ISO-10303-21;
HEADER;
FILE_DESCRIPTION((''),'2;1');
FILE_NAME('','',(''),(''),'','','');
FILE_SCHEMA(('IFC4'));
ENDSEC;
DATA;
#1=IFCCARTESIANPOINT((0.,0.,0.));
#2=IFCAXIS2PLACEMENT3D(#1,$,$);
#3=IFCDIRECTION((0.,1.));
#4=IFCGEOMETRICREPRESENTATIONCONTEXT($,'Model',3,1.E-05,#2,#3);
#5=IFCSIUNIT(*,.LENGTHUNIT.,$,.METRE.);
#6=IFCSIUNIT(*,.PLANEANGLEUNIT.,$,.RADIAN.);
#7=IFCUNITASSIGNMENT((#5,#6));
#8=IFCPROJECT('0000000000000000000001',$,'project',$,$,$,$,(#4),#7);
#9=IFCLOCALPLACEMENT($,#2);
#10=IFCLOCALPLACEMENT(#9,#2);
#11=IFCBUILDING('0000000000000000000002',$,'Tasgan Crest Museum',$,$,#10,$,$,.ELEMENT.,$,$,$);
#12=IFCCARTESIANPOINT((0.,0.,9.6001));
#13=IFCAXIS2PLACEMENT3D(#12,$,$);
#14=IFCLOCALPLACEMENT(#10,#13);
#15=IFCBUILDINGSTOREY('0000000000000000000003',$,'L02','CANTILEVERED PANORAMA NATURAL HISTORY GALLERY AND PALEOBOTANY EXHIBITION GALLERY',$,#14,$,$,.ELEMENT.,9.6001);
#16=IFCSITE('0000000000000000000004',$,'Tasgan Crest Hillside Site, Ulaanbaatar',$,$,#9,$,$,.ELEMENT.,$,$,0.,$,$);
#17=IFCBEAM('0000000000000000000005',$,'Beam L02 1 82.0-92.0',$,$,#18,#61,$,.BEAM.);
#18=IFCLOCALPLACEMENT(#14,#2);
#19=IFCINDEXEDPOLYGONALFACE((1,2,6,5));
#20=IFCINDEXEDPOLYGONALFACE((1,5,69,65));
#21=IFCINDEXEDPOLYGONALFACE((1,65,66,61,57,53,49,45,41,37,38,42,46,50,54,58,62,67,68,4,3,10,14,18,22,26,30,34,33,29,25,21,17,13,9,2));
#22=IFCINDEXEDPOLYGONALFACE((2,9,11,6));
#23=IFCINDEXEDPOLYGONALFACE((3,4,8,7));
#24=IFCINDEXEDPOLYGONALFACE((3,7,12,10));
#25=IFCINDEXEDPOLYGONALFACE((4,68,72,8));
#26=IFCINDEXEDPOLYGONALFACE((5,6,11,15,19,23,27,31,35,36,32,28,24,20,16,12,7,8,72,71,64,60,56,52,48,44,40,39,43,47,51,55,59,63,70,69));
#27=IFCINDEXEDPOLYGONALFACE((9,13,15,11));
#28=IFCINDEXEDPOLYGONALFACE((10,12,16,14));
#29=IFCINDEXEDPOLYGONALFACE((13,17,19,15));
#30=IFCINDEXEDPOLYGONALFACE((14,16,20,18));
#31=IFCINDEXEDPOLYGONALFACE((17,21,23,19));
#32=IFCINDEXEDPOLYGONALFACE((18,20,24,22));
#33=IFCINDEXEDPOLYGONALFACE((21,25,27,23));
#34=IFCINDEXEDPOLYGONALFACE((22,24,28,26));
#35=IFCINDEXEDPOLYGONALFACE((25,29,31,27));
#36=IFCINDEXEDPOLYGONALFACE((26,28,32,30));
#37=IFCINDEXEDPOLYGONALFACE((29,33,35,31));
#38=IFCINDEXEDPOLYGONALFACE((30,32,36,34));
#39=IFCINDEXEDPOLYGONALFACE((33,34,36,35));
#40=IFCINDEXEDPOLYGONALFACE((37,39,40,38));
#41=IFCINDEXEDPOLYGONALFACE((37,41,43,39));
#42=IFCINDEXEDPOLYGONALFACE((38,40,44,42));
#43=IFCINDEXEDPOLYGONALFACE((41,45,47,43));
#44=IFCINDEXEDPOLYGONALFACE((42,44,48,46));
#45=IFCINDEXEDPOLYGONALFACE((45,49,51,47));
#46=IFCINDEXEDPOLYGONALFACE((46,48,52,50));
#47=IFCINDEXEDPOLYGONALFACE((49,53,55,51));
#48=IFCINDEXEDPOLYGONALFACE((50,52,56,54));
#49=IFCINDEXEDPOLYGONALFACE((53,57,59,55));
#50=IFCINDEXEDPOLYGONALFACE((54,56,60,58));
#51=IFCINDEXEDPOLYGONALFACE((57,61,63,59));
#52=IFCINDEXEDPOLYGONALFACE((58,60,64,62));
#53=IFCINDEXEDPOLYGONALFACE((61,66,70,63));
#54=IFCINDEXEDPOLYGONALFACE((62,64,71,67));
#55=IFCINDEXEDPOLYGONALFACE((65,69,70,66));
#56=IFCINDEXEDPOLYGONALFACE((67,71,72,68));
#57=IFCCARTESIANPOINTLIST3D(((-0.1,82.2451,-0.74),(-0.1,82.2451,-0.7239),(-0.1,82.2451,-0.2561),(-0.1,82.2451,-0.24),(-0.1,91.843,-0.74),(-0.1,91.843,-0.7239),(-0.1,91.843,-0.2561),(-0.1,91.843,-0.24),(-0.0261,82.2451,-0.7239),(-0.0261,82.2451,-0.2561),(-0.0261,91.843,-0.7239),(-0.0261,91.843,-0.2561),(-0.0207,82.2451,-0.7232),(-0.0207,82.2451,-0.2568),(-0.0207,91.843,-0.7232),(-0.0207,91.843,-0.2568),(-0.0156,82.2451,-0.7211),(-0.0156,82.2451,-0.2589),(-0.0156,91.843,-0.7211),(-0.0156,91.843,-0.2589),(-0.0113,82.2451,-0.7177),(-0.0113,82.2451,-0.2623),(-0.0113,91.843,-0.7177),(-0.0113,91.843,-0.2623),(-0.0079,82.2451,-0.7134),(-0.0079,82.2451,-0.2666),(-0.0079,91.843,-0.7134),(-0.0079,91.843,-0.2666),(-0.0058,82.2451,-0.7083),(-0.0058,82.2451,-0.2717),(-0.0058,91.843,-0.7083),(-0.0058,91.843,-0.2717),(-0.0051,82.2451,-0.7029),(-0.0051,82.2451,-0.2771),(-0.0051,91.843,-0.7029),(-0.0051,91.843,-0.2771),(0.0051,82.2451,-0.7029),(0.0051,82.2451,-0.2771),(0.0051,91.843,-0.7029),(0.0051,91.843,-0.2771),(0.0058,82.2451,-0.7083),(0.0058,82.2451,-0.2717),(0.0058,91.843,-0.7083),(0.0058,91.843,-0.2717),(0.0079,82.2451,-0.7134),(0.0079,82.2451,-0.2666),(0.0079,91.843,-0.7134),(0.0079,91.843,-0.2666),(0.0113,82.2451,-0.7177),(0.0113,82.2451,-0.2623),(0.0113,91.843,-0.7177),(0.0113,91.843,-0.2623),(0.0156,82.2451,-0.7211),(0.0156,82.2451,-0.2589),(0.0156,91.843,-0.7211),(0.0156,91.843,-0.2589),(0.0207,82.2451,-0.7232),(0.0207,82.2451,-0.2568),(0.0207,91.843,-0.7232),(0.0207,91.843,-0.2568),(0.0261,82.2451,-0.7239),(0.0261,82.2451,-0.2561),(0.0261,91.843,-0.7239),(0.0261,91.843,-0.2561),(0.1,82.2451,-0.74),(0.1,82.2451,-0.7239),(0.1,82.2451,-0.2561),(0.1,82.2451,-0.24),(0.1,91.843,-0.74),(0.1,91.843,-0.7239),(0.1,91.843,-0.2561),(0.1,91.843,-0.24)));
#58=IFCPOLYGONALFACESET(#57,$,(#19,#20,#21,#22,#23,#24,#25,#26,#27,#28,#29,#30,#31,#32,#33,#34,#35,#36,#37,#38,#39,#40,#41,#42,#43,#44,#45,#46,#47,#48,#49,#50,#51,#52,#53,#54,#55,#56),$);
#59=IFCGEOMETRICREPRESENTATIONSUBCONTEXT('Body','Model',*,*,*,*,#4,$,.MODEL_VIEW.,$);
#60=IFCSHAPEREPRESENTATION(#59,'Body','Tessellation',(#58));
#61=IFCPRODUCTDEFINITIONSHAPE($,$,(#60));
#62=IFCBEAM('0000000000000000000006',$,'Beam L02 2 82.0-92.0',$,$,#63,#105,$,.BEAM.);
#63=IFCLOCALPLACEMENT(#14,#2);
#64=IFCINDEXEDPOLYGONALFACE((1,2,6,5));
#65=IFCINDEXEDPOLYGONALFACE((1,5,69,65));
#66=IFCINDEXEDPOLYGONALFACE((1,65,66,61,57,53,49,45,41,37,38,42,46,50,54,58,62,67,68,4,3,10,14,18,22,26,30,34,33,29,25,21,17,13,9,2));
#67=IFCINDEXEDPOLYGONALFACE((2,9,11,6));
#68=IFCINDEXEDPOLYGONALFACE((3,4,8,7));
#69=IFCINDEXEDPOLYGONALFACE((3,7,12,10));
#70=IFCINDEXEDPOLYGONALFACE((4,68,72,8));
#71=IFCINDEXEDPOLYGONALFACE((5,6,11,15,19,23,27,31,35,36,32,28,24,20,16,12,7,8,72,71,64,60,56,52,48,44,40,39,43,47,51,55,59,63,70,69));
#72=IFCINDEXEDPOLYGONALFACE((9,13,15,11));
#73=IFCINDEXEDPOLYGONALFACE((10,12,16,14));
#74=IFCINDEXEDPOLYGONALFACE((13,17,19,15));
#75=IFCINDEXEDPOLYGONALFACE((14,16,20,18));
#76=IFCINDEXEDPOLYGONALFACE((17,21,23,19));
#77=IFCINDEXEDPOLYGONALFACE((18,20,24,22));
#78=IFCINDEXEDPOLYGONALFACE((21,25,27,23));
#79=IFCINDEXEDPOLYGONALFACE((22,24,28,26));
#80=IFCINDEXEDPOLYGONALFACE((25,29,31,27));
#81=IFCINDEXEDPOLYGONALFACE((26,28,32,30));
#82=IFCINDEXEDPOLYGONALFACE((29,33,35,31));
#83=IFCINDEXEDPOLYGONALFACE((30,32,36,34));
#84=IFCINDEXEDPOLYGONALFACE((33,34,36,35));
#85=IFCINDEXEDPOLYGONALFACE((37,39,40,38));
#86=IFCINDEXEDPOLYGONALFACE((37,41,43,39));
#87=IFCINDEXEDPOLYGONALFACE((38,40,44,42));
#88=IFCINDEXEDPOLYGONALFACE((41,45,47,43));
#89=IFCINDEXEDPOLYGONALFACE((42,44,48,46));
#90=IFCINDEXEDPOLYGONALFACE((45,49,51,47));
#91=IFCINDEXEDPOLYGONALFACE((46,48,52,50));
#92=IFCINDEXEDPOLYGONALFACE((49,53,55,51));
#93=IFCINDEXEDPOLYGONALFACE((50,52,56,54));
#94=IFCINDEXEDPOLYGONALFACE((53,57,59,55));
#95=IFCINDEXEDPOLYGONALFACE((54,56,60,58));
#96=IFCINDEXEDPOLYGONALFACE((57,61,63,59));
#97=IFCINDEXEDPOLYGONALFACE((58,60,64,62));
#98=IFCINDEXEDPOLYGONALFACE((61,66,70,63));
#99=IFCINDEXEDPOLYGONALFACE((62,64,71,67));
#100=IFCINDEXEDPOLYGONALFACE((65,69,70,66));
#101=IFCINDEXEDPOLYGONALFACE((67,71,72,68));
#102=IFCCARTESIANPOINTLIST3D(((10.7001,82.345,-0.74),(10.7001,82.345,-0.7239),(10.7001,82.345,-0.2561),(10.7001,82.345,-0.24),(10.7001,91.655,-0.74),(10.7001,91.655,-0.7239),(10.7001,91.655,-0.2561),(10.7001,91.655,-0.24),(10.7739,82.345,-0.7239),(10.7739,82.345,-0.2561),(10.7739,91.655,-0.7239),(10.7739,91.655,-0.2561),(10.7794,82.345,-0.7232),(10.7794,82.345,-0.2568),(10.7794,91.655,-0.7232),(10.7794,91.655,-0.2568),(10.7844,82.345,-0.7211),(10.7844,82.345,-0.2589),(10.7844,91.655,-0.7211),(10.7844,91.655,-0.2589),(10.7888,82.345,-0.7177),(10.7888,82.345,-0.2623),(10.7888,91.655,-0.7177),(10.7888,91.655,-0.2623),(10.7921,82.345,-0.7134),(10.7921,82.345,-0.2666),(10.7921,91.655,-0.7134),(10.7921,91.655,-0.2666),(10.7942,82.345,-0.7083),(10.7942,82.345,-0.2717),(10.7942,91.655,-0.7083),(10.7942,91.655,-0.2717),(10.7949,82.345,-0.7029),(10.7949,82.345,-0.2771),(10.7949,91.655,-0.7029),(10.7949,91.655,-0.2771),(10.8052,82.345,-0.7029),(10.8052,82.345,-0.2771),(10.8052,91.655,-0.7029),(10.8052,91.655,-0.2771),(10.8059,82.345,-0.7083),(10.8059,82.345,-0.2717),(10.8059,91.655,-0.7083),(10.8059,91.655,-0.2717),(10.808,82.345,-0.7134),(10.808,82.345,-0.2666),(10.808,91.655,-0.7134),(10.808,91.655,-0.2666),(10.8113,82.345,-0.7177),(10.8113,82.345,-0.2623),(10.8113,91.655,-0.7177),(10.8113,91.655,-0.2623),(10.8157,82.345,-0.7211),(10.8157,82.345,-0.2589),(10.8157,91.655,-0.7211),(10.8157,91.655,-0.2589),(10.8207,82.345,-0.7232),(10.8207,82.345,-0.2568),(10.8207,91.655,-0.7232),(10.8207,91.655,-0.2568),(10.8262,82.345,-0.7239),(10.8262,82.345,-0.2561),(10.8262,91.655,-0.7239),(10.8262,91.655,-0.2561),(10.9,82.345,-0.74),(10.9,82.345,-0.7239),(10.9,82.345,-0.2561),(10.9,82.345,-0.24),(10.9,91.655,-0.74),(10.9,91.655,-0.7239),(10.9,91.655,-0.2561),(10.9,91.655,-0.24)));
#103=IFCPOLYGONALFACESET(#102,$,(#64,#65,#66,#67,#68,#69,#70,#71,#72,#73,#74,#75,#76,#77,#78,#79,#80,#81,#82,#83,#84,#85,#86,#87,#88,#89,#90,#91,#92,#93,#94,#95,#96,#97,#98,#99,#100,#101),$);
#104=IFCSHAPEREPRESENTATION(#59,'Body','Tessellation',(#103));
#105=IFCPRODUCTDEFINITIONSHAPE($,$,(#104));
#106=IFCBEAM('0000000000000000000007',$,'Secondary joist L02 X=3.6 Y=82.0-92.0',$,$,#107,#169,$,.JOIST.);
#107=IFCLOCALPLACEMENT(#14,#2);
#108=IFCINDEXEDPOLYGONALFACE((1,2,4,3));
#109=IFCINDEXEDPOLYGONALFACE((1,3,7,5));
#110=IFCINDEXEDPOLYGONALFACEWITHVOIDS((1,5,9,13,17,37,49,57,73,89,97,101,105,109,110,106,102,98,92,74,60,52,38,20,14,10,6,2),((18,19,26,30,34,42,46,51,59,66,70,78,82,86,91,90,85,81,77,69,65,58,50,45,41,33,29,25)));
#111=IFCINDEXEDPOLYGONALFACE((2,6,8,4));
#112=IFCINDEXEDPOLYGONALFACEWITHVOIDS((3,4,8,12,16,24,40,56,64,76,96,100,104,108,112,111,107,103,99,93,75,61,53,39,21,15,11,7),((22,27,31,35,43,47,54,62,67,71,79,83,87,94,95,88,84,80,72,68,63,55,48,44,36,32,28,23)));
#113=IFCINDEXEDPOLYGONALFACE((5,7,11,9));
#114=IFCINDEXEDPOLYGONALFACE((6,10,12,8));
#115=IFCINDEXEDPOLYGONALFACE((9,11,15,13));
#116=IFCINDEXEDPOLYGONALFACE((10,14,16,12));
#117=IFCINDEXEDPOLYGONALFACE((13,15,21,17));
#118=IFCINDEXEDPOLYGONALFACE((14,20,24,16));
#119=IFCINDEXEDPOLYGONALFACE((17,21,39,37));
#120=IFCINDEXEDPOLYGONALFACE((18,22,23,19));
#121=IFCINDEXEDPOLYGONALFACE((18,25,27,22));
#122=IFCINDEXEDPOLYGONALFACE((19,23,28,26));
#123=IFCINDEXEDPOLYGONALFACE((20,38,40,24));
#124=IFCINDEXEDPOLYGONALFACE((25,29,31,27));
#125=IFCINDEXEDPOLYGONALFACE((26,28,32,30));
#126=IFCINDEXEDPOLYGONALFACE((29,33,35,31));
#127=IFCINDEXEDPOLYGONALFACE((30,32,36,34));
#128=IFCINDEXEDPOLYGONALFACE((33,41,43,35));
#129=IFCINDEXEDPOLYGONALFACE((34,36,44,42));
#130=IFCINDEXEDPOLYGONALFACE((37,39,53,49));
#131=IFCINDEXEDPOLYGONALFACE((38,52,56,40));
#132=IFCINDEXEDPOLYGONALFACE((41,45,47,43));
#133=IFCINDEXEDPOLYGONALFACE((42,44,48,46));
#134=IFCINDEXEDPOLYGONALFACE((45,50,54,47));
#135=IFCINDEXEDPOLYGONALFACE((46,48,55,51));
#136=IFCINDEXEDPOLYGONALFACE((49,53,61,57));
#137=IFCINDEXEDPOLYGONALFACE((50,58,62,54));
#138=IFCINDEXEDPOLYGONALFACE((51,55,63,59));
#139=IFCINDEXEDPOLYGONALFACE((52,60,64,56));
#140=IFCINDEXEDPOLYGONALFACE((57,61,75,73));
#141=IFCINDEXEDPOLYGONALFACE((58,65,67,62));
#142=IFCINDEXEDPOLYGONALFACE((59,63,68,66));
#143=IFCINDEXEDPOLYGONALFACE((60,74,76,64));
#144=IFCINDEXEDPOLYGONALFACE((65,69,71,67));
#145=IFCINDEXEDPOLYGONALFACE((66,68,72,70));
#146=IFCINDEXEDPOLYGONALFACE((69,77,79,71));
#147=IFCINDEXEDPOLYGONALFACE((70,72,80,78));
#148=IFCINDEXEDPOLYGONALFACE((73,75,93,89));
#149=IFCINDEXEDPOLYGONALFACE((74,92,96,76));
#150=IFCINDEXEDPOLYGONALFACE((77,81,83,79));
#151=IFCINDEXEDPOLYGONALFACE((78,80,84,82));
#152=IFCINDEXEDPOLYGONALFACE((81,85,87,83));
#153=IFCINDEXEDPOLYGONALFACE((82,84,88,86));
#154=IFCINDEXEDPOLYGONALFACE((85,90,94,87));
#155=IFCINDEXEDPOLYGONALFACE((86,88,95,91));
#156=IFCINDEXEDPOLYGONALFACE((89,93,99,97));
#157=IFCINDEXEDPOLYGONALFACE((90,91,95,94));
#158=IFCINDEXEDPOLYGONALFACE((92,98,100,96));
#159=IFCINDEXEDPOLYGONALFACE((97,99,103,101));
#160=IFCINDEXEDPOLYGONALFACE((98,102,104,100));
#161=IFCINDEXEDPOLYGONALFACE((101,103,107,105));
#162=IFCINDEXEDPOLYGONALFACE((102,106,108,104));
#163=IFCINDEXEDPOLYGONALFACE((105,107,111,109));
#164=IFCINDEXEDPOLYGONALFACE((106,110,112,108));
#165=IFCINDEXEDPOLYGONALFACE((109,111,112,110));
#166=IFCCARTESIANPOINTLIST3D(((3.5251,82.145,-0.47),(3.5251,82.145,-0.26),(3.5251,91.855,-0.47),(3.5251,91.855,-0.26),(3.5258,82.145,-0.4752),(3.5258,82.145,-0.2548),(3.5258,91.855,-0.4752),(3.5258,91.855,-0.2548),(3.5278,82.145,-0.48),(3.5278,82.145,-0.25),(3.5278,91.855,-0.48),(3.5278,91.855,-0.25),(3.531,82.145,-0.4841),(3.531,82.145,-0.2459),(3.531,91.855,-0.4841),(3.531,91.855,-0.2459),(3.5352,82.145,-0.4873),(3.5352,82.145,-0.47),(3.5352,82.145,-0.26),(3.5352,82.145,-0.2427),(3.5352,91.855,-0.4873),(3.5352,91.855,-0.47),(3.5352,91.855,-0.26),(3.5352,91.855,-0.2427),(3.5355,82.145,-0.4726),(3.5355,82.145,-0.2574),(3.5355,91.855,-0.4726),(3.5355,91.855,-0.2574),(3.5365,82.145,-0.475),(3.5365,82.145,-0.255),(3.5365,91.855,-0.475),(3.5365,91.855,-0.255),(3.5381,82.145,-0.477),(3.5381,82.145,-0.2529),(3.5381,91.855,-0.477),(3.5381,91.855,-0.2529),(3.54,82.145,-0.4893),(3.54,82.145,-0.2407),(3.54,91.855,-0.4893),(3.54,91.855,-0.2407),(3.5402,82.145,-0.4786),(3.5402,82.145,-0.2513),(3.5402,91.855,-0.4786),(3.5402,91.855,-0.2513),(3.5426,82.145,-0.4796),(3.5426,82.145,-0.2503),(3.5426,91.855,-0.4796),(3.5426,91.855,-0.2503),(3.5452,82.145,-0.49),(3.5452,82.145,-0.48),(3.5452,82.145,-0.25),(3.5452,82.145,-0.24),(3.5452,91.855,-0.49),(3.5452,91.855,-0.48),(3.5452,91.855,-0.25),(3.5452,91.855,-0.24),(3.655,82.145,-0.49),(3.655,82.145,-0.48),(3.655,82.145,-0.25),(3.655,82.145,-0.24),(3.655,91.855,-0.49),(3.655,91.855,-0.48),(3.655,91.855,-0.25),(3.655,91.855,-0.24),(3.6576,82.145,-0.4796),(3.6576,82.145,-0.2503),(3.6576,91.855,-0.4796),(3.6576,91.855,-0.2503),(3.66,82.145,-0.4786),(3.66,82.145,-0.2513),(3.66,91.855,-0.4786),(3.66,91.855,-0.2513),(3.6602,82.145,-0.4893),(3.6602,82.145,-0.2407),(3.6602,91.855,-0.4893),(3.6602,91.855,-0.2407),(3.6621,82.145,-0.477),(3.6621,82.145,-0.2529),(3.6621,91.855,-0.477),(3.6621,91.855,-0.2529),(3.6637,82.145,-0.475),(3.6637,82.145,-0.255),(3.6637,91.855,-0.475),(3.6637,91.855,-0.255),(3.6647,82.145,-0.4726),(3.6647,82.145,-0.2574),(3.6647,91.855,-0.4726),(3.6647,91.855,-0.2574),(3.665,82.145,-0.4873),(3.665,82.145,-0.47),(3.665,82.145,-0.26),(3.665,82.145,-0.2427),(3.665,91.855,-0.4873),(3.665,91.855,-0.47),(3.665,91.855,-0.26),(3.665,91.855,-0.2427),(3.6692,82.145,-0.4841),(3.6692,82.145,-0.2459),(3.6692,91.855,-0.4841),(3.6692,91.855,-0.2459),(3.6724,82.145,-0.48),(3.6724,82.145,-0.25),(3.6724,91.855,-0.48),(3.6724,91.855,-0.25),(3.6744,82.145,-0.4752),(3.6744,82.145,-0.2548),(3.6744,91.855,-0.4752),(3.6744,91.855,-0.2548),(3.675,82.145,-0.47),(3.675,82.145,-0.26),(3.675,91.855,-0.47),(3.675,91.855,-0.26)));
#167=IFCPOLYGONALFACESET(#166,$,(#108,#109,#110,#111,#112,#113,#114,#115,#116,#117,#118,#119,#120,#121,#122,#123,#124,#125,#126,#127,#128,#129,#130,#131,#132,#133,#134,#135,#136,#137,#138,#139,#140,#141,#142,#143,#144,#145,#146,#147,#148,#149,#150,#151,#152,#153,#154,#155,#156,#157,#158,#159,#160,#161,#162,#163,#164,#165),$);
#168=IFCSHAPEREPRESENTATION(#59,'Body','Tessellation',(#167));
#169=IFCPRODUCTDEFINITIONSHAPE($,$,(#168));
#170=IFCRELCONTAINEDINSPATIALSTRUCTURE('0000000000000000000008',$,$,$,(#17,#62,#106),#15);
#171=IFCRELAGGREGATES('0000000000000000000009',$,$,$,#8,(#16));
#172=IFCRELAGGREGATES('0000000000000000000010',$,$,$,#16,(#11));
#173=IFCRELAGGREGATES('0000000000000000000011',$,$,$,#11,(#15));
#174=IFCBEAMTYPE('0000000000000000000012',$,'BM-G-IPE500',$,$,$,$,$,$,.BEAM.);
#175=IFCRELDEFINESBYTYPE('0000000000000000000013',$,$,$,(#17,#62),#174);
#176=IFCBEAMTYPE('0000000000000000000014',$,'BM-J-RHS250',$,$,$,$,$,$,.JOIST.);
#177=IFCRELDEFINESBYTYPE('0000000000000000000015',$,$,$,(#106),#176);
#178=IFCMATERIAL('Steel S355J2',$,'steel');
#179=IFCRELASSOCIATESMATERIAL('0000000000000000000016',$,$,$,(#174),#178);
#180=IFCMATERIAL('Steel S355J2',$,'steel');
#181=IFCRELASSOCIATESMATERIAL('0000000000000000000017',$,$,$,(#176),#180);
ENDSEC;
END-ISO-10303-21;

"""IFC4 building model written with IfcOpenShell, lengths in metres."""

from ifc_helpers import new_model, si_unit, direction, frame, origin, origin_2d, place, context, subcontext, project, spatial, hollow_rectangle, i_section, extrude, material, material_profile, profile_set, type_object, element, save


model = new_model("IFC4")

# Units and contexts
model_context = context("Model", 3, precision=1e-05, world=origin(), true_north=direction((0.0, 1.0)))
body_context = subcontext(model_context, "Body", "Model", "MODEL_VIEW")
ifc_project = project(units=[si_unit("LENGTHUNIT", "METRE"), si_unit("PLANEANGLEUNIT", "RADIAN")], contexts=[model_context])

# Site, building, storey
site_placement = place(None, origin())
site = spatial("IfcSite", under=ifc_project, at=site_placement, Name="Tasgan Crest Hillside Site, Ulaanbaatar", CompositionType="ELEMENT", RefElevation=0.0)
building_placement = place(site_placement, origin())
building = spatial("IfcBuilding", under=site, at=building_placement, Name="Tasgan Crest Museum", CompositionType="ELEMENT")
storey_placement = place(building_placement, frame((0.0, 0.0, 9.6001)))
storey = spatial("IfcBuildingStorey", under=building, at=storey_placement, Name="L02", Description="CANTILEVERED PANORAMA NATURAL HISTORY GALLERY AND PALEOBOTANY EXHIBITION GALLERY", CompositionType="ELEMENT", Elevation=9.6001)

# Beams
ifc_material_1 = material(Name="Steel S355J2", Category="steel")
ifc_material_profile_1 = material_profile(ifc_material_1, i_section(OverallWidth=0.2, OverallDepth=0.5, WebThickness=0.0103, FlangeThickness=0.0161, FilletRadius=0.021, at=origin_2d()), Name="IPE 500")
ifc_profile_set_1 = profile_set([ifc_material_profile_1], Name="Steel S355J2")
beam_type_1 = type_object("IfcBeamType", Name="BM-G-IPE500", PredefinedType="BEAM", material=ifc_profile_set_1)
beam_1_placement = place(storey_placement, frame((0.0, 82.2451, -0.49), z_axis=(0.0, 1.0, 0.0), x_axis=(-1.0, 0.0, 0.0)))
element("IfcBeam", 1, at=beam_1_placement, inside=storey, type_object=beam_type_1, Name="Beam L02 1 82.0-92.0", PredefinedType="BEAM", context=body_context, shape_type="SweptSolid", body=[
    extrude(i_section(OverallWidth=0.2, OverallDepth=0.5, WebThickness=0.0103, FlangeThickness=0.0161, FilletRadius=0.021, at=origin_2d()), origin(), (0.0, 0.0, 1.0), 9.5979),
])
beam_2_placement = place(storey_placement, frame((10.8, 82.345, -0.49), z_axis=(0.0, 1.0, 0.0), x_axis=(-1.0, 0.0, 0.0)))
element("IfcBeam", 2, at=beam_2_placement, inside=storey, type_object=beam_type_1, Name="Beam L02 2 82.0-92.0", PredefinedType="BEAM", context=body_context, shape_type="SweptSolid", body=[
    extrude(i_section(OverallWidth=0.2, OverallDepth=0.5, WebThickness=0.0103, FlangeThickness=0.0161, FilletRadius=0.021, at=origin_2d()), origin(), (0.0, 0.0, 1.0), 9.3101),
])
ifc_material_2 = material(Name="Steel S355J2", Category="steel")
ifc_material_profile_2 = material_profile(ifc_material_2, hollow_rectangle(XDim=0.1499, YDim=0.25, WallThickness=0.01, InnerFilletRadius=0.01, OuterFilletRadius=0.02, at=origin_2d()), Name="RHS 250x150x10")
ifc_profile_set_2 = profile_set([ifc_material_profile_2], Name="Steel S355J2")
beam_type_2 = type_object("IfcBeamType", Name="BM-J-RHS250", PredefinedType="JOIST", material=ifc_profile_set_2)
for number, where, z_axis, x_axis, name in (
    (3, (3.6001, 82.145, -0.365), (0.0, 1.0, 0.0), (-1.0, 0.0, 0.0), "Secondary joist L02 X=3.6 Y=82.0-92.0"),
):
    element("IfcBeam", number, at=place(storey_placement, frame(where, z_axis=z_axis, x_axis=x_axis)), inside=storey, type_object=beam_type_2, Name=name, PredefinedType="JOIST", context=body_context, shape_type="SweptSolid", body=[
        extrude(hollow_rectangle(XDim=0.1499, YDim=0.25, WallThickness=0.01, InnerFilletRadius=0.01, OuterFilletRadius=0.02, at=origin_2d()), origin(), (0.0, 0.0, 1.0), 9.71),
    ])

save(model, "model.ifc")
